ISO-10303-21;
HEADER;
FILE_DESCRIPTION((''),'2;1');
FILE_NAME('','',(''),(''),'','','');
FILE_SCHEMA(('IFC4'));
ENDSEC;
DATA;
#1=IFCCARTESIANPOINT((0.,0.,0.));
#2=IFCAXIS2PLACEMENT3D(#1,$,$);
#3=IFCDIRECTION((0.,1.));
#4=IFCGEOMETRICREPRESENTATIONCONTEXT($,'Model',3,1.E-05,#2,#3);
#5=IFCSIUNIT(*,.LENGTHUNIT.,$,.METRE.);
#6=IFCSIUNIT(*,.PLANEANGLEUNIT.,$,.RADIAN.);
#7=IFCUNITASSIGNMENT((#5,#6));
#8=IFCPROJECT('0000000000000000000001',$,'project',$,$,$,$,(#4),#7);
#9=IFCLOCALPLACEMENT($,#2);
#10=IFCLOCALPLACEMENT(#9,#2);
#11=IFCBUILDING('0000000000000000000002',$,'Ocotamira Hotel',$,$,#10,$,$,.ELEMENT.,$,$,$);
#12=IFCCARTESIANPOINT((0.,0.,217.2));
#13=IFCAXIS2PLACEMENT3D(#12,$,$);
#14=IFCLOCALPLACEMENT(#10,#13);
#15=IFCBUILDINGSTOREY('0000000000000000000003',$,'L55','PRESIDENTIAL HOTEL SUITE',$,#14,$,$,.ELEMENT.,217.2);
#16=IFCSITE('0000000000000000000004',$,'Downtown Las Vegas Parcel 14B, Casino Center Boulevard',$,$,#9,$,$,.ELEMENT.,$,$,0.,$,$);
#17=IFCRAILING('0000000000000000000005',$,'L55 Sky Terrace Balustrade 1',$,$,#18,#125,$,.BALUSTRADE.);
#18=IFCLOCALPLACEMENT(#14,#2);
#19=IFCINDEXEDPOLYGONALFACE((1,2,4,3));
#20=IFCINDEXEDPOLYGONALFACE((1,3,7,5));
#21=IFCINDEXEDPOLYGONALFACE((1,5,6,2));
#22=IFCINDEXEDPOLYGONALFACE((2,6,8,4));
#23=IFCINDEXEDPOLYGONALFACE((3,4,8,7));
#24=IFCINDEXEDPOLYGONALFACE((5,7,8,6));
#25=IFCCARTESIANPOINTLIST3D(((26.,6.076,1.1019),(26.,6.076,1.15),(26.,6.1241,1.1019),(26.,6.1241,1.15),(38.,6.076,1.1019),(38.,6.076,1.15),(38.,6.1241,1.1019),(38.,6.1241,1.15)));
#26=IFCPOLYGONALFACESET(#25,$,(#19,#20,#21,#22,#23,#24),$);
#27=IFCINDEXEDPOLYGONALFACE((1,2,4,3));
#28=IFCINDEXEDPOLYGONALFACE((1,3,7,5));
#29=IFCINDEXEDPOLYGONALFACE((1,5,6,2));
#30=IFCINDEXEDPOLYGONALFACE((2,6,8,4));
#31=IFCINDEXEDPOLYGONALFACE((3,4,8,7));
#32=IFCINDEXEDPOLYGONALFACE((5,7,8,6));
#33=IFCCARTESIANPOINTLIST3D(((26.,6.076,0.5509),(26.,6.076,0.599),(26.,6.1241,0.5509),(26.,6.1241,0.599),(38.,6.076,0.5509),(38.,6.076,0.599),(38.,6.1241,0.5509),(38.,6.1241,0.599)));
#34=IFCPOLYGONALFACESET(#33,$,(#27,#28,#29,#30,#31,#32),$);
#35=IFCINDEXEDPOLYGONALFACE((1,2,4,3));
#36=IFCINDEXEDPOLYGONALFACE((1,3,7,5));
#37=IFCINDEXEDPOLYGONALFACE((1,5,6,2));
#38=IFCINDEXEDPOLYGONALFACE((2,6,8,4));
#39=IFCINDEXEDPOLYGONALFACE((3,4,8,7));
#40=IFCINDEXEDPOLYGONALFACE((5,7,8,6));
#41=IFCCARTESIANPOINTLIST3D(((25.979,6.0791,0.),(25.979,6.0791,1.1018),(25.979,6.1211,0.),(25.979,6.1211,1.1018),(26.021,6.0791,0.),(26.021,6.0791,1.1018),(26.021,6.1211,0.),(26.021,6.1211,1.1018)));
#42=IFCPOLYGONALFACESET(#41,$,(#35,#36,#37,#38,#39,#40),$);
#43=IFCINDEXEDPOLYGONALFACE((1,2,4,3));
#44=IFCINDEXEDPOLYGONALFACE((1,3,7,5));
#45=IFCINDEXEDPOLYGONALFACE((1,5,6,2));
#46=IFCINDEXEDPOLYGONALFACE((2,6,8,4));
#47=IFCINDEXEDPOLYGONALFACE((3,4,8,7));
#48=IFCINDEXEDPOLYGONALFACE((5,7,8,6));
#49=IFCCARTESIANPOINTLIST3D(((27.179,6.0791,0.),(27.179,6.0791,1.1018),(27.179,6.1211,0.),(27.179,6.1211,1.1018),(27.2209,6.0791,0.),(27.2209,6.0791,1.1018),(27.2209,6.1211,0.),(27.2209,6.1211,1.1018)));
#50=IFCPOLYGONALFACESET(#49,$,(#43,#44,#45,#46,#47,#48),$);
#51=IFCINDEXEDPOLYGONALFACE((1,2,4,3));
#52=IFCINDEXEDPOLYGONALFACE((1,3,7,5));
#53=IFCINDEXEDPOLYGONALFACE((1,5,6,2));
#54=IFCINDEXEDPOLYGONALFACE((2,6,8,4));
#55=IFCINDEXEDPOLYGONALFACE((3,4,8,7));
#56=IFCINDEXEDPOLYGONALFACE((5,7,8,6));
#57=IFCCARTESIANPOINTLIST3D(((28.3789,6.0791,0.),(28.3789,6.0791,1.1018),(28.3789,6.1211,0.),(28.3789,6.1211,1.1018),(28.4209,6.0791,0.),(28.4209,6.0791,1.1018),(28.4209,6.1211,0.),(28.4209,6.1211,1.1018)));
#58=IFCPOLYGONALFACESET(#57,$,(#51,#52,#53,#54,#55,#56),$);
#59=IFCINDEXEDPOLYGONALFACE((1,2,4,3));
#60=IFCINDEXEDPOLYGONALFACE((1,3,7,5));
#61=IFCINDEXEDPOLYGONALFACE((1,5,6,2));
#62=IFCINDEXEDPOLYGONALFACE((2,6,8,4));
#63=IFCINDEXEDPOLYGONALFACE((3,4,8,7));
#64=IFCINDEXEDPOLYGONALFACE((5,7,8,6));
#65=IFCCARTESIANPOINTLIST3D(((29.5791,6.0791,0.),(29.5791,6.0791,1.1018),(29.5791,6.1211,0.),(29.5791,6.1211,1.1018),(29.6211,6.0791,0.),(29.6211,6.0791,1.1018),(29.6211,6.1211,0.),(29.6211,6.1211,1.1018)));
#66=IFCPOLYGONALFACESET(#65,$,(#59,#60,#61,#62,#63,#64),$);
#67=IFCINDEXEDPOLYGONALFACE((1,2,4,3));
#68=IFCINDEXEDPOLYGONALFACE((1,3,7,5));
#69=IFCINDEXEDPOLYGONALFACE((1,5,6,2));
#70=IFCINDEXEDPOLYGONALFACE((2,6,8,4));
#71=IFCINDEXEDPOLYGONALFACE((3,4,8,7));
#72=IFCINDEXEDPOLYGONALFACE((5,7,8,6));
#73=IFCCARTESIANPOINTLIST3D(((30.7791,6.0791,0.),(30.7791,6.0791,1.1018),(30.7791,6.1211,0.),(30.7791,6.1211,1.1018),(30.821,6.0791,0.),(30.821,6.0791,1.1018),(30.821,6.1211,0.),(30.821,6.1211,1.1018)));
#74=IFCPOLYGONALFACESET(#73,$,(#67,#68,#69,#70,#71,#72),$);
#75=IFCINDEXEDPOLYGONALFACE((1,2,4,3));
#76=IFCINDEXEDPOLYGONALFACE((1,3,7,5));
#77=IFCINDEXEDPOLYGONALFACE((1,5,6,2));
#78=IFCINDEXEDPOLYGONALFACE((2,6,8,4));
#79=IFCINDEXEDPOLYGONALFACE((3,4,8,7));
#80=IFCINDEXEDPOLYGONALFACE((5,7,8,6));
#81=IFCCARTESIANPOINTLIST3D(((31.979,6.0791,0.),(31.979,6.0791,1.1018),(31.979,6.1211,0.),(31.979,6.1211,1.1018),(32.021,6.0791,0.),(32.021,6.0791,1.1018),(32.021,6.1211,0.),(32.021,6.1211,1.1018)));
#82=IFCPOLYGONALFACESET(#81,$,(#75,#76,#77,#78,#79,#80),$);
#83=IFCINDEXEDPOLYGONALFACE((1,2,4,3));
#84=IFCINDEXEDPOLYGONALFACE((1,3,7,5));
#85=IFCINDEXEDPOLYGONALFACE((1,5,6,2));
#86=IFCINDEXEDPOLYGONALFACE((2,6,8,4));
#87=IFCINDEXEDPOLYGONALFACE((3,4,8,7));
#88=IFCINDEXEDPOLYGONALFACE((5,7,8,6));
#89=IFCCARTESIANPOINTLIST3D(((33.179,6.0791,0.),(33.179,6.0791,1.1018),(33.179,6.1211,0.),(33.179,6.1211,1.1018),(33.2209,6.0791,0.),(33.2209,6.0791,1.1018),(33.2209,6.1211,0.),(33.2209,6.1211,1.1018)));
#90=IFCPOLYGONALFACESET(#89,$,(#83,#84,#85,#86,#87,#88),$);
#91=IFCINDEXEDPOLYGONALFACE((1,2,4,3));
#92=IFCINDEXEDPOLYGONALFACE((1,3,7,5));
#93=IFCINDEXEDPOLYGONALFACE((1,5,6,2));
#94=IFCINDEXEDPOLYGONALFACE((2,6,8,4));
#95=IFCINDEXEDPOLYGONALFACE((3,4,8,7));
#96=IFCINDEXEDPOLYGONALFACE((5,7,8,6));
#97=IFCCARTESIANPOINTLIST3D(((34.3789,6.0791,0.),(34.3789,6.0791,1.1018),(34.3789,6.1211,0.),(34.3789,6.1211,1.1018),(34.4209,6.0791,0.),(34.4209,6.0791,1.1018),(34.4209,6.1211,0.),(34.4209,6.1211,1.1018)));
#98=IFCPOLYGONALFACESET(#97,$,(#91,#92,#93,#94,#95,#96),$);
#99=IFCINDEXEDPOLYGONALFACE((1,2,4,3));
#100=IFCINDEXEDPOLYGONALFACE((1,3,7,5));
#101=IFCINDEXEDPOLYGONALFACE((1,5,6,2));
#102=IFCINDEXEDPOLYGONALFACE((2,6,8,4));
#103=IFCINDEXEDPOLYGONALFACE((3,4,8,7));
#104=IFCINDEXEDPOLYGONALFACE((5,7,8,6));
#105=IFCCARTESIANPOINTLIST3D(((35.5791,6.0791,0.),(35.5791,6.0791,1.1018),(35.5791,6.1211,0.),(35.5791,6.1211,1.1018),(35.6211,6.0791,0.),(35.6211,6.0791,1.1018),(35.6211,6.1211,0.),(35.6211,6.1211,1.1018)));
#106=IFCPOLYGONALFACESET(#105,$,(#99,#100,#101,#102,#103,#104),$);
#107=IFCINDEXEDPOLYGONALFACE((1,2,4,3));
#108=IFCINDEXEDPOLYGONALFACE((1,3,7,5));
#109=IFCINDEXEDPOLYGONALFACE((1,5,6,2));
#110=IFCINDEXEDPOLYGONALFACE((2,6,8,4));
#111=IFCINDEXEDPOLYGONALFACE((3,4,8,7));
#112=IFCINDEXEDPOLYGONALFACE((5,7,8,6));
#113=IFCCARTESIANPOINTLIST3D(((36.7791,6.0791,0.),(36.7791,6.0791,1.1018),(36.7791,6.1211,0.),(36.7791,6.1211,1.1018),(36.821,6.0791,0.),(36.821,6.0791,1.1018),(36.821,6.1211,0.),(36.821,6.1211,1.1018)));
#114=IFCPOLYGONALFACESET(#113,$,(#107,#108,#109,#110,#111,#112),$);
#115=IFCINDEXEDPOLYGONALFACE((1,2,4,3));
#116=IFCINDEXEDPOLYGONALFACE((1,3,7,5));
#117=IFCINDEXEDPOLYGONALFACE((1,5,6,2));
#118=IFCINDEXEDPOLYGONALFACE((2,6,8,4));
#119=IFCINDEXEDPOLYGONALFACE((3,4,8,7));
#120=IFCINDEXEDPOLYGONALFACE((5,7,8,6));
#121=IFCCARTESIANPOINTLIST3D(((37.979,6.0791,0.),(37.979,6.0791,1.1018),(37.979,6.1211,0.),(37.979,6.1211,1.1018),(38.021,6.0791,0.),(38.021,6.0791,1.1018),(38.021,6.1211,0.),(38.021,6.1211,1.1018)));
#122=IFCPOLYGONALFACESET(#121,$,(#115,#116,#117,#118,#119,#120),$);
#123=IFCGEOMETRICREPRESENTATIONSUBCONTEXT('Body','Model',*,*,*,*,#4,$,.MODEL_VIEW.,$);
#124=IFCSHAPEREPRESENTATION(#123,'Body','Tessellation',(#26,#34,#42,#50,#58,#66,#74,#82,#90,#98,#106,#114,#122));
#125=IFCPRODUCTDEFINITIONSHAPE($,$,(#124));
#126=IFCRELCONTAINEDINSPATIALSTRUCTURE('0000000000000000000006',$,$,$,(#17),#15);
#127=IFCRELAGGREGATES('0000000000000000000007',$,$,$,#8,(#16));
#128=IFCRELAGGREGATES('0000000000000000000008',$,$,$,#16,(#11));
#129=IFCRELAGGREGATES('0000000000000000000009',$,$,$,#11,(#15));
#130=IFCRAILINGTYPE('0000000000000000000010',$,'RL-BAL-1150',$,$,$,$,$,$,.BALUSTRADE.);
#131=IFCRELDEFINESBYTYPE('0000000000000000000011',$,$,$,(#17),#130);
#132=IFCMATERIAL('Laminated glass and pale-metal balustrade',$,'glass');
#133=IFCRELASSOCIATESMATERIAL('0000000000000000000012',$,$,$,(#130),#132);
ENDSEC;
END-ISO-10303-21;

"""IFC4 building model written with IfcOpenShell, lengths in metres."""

from ifc_helpers import new_model, si_unit, direction, frame, origin, origin_2d, place, context, subcontext, project, spatial, rectangle, extrude, material, type_object, element, save


model = new_model("IFC4")

# Units and contexts
model_context = context("Model", 3, precision=1e-05, world=origin(), true_north=direction((0.0, 1.0)))
body_context = subcontext(model_context, "Body", "Model", "MODEL_VIEW")
ifc_project = project(units=[si_unit("LENGTHUNIT", "METRE"), si_unit("PLANEANGLEUNIT", "RADIAN")], contexts=[model_context])

# Site, building, storey
site_placement = place(None, origin())
site = spatial("IfcSite", under=ifc_project, at=site_placement, Name="Downtown Las Vegas Parcel 14B, Casino Center Boulevard", CompositionType="ELEMENT", RefElevation=0.0)
building_placement = place(site_placement, origin())
building = spatial("IfcBuilding", under=site, at=building_placement, Name="Ocotamira Hotel", CompositionType="ELEMENT")
storey_placement = place(building_placement, frame((0.0, 0.0, 217.2)))
storey = spatial("IfcBuildingStorey", under=building, at=storey_placement, Name="L55", Description="PRESIDENTIAL HOTEL SUITE", CompositionType="ELEMENT", Elevation=217.2)

# Railing
ifc_material_1 = material(Name="Laminated glass and pale-metal balustrade", Category="glass")
railing_type = type_object("IfcRailingType", Name="RL-BAL-1150", PredefinedType="BALUSTRADE", material=ifc_material_1)
railing_placement = place(storey_placement, frame((26.0, 6.1001, 0.0)))
element("IfcRailing", 1, at=railing_placement, inside=storey, type_object=railing_type, Name="L55 Sky Terrace Balustrade 1", PredefinedType="BALUSTRADE", context=body_context, shape_type="SweptSolid", body=[
    extrude(rectangle(XDim=0.0481, YDim=0.0481, at=origin_2d()), frame((0.0, 0.0, 1.126), z_axis=(1.0, 0.0, 0.0), x_axis=(0.0, 1.0, 0.0)), (0.0, 0.0, 1.0), 12.0),
    extrude(rectangle(XDim=0.0481, YDim=0.0481, at=origin_2d()), frame((0.0, 0.0, 0.575), z_axis=(1.0, 0.0, 0.0), x_axis=(0.0, 1.0, 0.0)), (0.0, 0.0, 1.0), 12.0),
    extrude(rectangle(XDim=0.042, YDim=0.042, at=origin_2d()), origin(), (0.0, 0.0, 1.0), 1.1018),
    extrude(rectangle(XDim=0.042, YDim=0.042, at=origin_2d()), frame((1.2, 0.0, 0.0)), (0.0, 0.0, 1.0), 1.1018),
    extrude(rectangle(XDim=0.042, YDim=0.042, at=origin_2d()), frame((2.3999, 0.0, 0.0)), (0.0, 0.0, 1.0), 1.1018),
    extrude(rectangle(XDim=0.042, YDim=0.042, at=origin_2d()), frame((3.6001, 0.0, 0.0)), (0.0, 0.0, 1.0), 1.1018),
    extrude(rectangle(XDim=0.042, YDim=0.042, at=origin_2d()), frame((4.8, 0.0, 0.0)), (0.0, 0.0, 1.0), 1.1018),
    extrude(rectangle(XDim=0.042, YDim=0.042, at=origin_2d()), frame((6.0, 0.0, 0.0)), (0.0, 0.0, 1.0), 1.1018),
    extrude(rectangle(XDim=0.042, YDim=0.042, at=origin_2d()), frame((7.2, 0.0, 0.0)), (0.0, 0.0, 1.0), 1.1018),
    extrude(rectangle(XDim=0.042, YDim=0.042, at=origin_2d()), frame((8.3999, 0.0, 0.0)), (0.0, 0.0, 1.0), 1.1018),
    extrude(rectangle(XDim=0.042, YDim=0.042, at=origin_2d()), frame((9.6001, 0.0, 0.0)), (0.0, 0.0, 1.0), 1.1018),
    extrude(rectangle(XDim=0.042, YDim=0.042, at=origin_2d()), frame((10.8, 0.0, 0.0)), (0.0, 0.0, 1.0), 1.1018),
    extrude(rectangle(XDim=0.042, YDim=0.042, at=origin_2d()), frame((12.0, 0.0, 0.0)), (0.0, 0.0, 1.0), 1.1018),
])

save(model, "model.ifc")
